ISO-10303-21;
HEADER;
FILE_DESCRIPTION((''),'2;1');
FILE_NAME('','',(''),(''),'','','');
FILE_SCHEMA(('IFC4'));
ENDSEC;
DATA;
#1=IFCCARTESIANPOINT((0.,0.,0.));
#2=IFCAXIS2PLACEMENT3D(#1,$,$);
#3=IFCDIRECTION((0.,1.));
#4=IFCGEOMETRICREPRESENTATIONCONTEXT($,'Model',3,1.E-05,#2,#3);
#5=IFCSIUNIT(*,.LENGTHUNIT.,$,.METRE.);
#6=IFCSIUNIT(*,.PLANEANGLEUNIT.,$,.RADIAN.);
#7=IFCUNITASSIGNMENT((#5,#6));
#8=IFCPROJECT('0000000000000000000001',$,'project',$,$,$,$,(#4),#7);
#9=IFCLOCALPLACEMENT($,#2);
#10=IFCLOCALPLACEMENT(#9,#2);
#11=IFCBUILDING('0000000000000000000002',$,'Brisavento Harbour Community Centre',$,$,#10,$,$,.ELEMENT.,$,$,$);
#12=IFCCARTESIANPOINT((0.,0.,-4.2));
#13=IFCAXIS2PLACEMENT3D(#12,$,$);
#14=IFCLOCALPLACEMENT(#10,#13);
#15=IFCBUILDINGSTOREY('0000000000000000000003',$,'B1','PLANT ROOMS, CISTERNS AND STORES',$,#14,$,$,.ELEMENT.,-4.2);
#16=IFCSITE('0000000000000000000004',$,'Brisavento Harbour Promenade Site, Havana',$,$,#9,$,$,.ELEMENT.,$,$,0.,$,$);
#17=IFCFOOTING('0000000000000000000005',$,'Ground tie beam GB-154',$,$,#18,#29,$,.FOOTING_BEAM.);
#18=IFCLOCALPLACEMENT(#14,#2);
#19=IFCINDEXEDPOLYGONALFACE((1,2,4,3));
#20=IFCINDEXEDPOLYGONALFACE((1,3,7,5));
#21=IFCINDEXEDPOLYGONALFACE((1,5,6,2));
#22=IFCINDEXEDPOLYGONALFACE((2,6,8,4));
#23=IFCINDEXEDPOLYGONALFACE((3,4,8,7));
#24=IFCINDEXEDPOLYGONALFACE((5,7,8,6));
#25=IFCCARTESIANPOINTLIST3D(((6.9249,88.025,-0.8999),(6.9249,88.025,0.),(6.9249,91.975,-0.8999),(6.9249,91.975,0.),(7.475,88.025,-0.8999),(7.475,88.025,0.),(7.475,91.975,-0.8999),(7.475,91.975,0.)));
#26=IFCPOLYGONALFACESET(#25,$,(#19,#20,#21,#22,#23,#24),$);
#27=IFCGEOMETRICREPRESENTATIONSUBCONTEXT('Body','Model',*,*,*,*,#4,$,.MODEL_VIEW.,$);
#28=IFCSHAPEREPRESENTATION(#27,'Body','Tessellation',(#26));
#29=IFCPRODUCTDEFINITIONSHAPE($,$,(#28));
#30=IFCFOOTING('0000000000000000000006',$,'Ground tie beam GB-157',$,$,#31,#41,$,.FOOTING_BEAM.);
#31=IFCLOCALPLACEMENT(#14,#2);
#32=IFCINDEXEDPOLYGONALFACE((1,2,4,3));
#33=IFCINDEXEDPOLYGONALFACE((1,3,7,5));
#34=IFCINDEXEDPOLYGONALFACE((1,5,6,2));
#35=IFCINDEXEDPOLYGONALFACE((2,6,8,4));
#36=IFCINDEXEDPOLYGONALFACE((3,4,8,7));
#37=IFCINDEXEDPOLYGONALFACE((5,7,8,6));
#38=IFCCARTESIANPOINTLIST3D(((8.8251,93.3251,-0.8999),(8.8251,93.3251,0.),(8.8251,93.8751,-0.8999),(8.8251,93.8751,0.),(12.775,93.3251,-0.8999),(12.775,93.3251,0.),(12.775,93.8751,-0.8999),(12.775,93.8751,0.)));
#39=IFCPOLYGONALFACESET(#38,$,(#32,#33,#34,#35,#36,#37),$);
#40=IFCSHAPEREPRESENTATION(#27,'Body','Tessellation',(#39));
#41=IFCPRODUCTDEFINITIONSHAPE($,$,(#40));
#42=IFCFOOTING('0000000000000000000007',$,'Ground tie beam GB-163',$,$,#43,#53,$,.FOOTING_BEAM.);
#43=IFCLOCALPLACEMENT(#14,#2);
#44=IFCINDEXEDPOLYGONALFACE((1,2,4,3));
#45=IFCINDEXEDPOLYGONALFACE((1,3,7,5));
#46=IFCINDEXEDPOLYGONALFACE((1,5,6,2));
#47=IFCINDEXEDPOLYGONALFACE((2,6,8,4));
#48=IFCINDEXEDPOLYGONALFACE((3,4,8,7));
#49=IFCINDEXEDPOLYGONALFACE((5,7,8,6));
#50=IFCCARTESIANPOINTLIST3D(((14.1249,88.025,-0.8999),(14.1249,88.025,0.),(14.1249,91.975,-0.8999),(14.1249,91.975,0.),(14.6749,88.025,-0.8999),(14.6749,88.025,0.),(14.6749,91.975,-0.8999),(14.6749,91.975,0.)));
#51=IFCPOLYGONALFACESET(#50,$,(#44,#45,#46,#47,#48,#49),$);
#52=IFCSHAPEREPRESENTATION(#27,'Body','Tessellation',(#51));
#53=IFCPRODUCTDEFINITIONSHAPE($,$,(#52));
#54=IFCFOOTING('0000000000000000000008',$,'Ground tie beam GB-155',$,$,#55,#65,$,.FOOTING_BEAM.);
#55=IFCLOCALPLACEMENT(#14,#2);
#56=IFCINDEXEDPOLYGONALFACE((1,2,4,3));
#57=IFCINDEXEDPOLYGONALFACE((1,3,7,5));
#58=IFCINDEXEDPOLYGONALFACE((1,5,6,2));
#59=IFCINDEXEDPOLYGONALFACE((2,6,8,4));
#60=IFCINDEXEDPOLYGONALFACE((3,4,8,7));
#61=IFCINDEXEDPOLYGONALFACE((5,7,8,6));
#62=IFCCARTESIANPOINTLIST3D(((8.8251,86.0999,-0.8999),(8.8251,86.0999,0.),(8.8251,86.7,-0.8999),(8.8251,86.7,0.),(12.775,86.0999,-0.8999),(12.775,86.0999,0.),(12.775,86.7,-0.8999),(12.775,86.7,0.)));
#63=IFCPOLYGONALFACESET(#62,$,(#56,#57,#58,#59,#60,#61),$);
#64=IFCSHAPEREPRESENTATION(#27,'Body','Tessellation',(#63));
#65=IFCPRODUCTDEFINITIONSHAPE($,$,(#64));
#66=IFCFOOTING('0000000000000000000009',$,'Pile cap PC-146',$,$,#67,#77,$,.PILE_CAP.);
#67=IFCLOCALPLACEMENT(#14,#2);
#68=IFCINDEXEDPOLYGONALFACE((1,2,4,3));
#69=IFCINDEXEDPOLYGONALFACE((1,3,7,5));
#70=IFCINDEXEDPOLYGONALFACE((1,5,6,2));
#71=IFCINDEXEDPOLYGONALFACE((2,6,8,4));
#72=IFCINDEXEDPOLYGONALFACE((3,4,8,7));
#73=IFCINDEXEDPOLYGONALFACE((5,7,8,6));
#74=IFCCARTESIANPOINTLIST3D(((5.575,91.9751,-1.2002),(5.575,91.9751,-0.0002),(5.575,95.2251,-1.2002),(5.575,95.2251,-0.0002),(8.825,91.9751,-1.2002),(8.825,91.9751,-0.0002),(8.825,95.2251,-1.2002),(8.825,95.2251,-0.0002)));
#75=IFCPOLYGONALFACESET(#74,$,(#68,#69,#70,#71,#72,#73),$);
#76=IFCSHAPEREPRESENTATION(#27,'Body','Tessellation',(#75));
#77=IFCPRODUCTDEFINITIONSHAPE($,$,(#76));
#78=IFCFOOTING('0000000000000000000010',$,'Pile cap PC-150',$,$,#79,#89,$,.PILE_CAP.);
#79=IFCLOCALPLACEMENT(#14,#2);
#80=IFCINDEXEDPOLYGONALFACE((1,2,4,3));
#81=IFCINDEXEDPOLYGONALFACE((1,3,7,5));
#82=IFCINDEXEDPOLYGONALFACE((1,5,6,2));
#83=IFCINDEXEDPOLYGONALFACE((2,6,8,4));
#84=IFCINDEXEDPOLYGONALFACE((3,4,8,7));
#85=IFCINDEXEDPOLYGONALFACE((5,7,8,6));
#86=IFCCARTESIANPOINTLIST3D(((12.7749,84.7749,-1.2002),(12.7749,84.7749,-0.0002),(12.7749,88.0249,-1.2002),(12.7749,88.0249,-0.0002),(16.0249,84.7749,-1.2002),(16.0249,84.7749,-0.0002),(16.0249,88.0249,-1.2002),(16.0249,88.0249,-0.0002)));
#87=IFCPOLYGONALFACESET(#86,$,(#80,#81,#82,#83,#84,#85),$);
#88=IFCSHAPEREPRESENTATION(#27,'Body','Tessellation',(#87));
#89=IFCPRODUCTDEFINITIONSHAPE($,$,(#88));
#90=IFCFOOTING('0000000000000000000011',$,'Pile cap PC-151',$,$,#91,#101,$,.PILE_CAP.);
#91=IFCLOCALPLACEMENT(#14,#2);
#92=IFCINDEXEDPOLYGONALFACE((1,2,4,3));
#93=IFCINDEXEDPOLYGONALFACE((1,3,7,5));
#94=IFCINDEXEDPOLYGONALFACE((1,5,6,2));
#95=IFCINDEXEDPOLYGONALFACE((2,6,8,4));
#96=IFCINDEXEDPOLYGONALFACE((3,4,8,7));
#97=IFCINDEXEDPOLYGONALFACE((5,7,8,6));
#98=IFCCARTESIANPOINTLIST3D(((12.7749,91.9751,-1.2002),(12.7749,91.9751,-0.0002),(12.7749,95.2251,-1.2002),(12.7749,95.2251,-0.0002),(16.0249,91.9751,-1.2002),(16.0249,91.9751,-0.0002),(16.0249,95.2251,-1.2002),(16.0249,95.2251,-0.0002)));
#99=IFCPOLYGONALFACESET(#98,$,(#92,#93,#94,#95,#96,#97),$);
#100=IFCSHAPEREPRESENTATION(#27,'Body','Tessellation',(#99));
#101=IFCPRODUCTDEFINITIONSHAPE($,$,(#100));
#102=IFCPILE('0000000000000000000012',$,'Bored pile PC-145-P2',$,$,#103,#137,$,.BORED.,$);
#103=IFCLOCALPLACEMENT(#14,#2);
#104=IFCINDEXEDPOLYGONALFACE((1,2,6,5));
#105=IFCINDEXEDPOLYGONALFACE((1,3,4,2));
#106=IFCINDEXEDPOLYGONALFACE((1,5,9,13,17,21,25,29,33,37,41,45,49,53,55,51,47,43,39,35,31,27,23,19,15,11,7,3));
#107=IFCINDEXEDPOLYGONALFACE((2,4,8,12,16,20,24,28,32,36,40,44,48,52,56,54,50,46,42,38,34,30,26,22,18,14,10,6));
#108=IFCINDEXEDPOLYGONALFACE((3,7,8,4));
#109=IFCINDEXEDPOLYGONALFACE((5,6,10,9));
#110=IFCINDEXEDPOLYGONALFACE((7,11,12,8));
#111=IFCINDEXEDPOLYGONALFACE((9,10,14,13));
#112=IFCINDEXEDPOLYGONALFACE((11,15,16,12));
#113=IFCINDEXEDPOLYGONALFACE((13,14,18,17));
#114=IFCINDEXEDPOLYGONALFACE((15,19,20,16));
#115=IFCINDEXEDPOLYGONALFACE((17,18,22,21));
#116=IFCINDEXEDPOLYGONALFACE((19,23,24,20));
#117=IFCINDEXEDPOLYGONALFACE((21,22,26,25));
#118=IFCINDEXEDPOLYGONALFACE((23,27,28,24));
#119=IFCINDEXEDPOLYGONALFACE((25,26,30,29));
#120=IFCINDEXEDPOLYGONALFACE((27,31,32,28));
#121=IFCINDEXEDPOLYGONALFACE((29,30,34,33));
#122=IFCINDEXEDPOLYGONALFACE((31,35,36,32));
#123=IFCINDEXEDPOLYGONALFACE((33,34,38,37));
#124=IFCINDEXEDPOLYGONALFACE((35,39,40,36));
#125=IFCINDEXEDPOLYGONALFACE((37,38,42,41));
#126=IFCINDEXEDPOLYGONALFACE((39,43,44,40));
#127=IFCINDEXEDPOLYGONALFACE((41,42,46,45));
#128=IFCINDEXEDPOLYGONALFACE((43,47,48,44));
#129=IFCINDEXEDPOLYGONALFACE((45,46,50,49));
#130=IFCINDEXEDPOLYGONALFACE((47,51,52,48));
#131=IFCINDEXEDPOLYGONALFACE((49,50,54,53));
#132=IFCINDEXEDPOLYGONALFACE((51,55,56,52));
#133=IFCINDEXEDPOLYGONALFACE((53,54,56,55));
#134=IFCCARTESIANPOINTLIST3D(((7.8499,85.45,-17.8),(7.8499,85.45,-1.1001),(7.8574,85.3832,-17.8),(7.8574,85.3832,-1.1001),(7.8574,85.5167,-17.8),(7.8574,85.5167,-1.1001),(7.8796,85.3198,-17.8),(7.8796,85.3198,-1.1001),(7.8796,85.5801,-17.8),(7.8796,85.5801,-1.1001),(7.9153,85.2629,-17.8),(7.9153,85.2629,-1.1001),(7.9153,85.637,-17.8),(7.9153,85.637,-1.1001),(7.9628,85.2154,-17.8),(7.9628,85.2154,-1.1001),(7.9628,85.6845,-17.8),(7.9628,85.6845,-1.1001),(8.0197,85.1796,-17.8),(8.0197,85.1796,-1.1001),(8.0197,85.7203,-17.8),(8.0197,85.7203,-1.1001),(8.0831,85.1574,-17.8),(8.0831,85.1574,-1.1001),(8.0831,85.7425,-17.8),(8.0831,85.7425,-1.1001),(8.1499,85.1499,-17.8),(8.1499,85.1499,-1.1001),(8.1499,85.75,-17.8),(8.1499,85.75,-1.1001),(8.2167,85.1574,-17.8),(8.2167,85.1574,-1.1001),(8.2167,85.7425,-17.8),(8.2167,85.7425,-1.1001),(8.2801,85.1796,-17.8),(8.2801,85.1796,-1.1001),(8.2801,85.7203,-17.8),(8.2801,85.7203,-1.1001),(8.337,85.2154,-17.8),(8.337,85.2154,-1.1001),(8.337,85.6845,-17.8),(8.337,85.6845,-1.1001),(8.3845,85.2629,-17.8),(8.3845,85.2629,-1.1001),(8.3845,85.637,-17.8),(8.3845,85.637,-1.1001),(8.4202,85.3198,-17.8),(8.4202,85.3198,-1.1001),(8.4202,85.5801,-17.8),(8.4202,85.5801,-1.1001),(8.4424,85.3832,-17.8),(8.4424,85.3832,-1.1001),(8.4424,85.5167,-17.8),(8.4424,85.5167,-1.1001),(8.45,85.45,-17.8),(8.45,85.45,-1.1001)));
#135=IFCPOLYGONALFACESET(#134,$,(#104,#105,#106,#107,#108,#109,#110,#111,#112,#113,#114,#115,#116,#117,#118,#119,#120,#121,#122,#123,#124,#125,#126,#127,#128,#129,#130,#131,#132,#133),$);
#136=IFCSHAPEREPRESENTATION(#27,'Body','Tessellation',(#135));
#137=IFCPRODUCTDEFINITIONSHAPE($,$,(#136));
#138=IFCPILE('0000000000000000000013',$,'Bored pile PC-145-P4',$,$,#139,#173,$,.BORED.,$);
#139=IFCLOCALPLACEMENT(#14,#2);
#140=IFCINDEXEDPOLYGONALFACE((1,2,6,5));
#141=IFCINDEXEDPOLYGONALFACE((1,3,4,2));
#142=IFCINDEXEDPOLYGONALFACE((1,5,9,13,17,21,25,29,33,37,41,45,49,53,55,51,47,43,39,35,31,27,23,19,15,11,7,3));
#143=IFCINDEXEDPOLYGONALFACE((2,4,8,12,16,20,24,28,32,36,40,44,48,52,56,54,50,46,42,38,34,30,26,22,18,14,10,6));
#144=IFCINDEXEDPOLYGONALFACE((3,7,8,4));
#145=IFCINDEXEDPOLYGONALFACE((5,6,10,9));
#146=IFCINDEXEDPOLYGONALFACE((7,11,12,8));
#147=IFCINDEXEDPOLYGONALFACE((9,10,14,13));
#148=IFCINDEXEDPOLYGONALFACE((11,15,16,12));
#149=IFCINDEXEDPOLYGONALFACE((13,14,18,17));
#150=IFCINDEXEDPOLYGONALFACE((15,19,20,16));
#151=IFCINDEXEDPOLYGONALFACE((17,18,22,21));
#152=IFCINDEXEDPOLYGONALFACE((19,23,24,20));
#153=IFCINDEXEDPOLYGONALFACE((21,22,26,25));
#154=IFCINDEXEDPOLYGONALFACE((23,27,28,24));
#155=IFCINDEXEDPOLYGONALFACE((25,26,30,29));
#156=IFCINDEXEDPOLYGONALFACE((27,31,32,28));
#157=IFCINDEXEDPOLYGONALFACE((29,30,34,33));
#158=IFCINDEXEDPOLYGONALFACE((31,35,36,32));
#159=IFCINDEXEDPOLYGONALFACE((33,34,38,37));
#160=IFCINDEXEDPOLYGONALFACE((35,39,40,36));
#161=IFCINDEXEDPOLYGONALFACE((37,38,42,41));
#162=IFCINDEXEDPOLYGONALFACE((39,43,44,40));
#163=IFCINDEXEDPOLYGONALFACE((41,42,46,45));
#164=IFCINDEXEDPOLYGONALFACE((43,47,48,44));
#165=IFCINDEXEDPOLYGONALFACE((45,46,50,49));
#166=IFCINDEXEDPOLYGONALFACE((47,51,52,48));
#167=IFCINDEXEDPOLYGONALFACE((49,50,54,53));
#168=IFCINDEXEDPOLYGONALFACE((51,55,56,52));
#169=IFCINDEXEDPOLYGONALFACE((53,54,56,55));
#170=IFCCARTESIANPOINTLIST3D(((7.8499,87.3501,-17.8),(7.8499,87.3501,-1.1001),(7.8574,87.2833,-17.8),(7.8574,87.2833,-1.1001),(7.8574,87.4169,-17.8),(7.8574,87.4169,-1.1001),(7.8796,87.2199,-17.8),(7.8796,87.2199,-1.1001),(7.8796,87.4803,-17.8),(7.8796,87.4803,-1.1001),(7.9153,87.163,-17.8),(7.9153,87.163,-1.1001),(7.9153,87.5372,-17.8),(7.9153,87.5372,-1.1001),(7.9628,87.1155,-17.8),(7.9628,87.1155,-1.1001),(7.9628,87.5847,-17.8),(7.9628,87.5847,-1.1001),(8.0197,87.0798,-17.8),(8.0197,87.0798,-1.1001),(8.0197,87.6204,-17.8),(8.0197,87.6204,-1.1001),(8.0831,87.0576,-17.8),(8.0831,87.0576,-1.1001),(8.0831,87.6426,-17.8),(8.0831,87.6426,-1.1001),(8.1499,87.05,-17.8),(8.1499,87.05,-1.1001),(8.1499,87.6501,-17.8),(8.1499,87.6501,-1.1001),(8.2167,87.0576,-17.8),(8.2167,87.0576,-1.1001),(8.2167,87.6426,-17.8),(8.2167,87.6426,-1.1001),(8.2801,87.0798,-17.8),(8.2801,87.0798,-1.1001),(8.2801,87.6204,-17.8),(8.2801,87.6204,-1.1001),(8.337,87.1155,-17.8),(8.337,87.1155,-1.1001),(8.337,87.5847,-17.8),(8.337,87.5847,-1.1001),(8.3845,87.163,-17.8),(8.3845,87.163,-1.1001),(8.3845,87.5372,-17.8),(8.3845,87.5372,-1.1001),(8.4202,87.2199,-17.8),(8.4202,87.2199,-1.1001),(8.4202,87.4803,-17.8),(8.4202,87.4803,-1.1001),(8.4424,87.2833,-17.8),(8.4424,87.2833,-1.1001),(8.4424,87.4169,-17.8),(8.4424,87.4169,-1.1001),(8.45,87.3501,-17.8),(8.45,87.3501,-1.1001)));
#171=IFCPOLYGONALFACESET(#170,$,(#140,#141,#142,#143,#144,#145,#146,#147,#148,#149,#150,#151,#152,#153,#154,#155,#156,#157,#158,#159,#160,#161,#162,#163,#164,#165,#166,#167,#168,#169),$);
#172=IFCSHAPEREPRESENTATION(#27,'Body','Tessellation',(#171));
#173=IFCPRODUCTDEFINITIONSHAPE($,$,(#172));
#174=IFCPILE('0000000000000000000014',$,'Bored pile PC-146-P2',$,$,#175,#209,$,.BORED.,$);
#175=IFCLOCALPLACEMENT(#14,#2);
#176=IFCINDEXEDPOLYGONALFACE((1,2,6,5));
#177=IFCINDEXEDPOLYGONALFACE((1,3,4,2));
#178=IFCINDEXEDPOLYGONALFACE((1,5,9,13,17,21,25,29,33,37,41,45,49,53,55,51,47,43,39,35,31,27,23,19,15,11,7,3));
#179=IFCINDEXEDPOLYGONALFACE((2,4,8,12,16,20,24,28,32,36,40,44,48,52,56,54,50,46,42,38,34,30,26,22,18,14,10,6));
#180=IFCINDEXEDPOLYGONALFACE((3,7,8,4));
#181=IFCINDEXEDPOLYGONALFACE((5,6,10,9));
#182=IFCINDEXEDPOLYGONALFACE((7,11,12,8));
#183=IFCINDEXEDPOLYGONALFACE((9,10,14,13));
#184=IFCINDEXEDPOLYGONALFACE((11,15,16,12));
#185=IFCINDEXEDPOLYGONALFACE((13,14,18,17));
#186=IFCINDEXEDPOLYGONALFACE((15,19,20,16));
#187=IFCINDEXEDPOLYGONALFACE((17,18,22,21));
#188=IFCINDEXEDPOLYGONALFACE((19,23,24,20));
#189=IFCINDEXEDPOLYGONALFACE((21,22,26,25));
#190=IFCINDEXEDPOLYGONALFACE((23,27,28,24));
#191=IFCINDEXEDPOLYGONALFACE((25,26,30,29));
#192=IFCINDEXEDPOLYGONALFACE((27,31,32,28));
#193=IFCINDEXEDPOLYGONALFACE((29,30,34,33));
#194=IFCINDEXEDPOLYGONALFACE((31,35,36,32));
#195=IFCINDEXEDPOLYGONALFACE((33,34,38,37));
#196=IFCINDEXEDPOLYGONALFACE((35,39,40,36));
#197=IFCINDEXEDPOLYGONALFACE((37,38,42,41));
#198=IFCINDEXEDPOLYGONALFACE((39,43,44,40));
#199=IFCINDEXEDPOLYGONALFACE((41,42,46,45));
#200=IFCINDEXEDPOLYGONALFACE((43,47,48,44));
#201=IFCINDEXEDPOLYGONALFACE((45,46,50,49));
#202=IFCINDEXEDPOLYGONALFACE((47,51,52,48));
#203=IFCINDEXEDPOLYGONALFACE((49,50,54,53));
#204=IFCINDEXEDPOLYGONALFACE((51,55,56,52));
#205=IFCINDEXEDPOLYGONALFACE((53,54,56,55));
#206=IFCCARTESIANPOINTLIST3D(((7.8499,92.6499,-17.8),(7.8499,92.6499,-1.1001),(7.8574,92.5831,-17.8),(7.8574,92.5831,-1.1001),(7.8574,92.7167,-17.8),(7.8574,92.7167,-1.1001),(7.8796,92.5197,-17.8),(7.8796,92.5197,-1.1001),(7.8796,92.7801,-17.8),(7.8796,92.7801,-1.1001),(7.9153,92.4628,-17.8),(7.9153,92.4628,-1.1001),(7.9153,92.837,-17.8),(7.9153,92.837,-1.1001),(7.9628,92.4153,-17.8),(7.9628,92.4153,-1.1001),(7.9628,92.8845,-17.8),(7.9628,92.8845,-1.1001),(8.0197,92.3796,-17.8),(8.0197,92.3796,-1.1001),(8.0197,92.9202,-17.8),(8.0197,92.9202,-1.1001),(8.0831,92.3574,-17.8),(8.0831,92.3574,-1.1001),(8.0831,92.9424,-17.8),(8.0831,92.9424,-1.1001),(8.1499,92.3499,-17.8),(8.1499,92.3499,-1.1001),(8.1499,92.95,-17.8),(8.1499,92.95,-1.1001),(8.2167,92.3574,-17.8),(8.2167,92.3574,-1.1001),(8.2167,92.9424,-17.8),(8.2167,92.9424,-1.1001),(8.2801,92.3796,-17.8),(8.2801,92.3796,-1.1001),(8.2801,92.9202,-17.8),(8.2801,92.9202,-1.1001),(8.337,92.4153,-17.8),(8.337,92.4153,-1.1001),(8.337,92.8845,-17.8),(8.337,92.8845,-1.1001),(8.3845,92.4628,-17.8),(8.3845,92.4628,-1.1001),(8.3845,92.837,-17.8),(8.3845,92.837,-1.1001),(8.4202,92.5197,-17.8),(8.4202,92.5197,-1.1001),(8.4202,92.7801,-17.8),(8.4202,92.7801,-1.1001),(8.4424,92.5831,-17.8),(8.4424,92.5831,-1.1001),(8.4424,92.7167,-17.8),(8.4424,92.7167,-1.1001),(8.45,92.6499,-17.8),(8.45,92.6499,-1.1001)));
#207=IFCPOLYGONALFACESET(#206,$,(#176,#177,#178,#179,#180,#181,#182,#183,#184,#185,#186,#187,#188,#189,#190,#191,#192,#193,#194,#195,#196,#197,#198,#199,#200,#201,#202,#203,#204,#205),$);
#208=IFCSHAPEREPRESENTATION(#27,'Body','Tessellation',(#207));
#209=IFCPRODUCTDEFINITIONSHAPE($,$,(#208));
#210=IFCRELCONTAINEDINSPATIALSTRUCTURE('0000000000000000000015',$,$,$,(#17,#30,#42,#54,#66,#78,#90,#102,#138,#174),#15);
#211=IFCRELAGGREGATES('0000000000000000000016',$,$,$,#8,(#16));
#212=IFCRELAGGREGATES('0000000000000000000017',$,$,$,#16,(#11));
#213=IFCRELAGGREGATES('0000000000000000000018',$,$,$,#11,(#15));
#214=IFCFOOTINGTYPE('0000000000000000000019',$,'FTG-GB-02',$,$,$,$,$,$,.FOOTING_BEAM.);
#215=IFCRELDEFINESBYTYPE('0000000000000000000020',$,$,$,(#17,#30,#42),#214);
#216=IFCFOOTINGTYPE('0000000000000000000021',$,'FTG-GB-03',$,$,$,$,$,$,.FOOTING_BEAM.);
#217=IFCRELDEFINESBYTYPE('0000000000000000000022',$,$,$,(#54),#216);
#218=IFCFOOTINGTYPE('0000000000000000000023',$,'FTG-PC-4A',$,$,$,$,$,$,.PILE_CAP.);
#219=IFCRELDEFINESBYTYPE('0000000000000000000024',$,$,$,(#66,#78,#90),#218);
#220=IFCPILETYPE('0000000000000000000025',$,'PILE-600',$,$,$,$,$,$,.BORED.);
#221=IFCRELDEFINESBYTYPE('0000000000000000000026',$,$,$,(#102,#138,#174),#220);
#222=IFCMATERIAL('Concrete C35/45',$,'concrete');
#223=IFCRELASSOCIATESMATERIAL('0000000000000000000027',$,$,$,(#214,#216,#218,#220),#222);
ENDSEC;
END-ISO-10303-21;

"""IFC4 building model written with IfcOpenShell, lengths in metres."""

from ifc_helpers import new_model, si_unit, direction, frame, origin, origin_2d, place, context, subcontext, project, spatial, rectangle, circle, extrude, material, material_profile, profile_set, type_object, element, save


model = new_model("IFC4")

# Units and contexts
model_context = context("Model", 3, precision=1e-05, world=origin(), true_north=direction((0.0, 1.0)))
body_context = subcontext(model_context, "Body", "Model", "MODEL_VIEW")
ifc_project = project(units=[si_unit("LENGTHUNIT", "METRE"), si_unit("PLANEANGLEUNIT", "RADIAN")], contexts=[model_context])

# Site, building, storey
site_placement = place(None, origin())
site = spatial("IfcSite", under=ifc_project, at=site_placement, Name="Brisavento Harbour Promenade Site, Havana", CompositionType="ELEMENT", RefElevation=0.0)
building_placement = place(site_placement, origin())
building = spatial("IfcBuilding", under=site, at=building_placement, Name="Brisavento Harbour Community Centre", CompositionType="ELEMENT")
storey_placement = place(building_placement, frame((0.0, 0.0, -4.2)))
storey = spatial("IfcBuildingStorey", under=building, at=storey_placement, Name="B1", Description="PLANT ROOMS, CISTERNS AND STORES", CompositionType="ELEMENT", Elevation=-4.2)

# Footings
ifc_material = material(Name="Concrete C35/45", Category="concrete")
footing_type_1 = type_object("IfcFootingType", Name="FTG-GB-02", PredefinedType="FOOTING_BEAM", material=ifc_material)
footing_1_placement = place(storey_placement, frame((7.2, 90.0, -0.8999), z_axis=(0.0, 0.0, 1.0), x_axis=(1.0, 0.0, 0.0)))
element("IfcFooting", 1, at=footing_1_placement, inside=storey, type_object=footing_type_1, Name="Ground tie beam GB-154", PredefinedType="FOOTING_BEAM", context=body_context, shape_type="SweptSolid", body=[
    extrude(rectangle(XDim=0.55, YDim=3.95, at=origin_2d()), origin(), (0.0, 0.0, 1.0), 0.8999),
])
footing_2_placement = place(storey_placement, frame((10.8, 93.6001, -0.8999), z_axis=(0.0, 0.0, 1.0), x_axis=(1.0, 0.0, 0.0)))
element("IfcFooting", 2, at=footing_2_placement, inside=storey, type_object=footing_type_1, Name="Ground tie beam GB-157", PredefinedType="FOOTING_BEAM", context=body_context, shape_type="SweptSolid", body=[
    extrude(rectangle(XDim=3.95, YDim=0.55, at=origin_2d()), origin(), (0.0, 0.0, 1.0), 0.8999),
])
footing_3_placement = place(storey_placement, frame((14.3999, 90.0, -0.8999), z_axis=(0.0, 0.0, 1.0), x_axis=(1.0, 0.0, 0.0)))
element("IfcFooting", 3, at=footing_3_placement, inside=storey, type_object=footing_type_1, Name="Ground tie beam GB-163", PredefinedType="FOOTING_BEAM", context=body_context, shape_type="SweptSolid", body=[
    extrude(rectangle(XDim=0.55, YDim=3.95, at=origin_2d()), origin(), (0.0, 0.0, 1.0), 0.8999),
])
footing_type_2 = type_object("IfcFootingType", Name="FTG-GB-03", PredefinedType="FOOTING_BEAM", material=ifc_material)
footing_4_placement = place(storey_placement, frame((10.8, 86.3999, -0.8999), z_axis=(0.0, 0.0, 1.0), x_axis=(1.0, 0.0, 0.0)))
element("IfcFooting", 4, at=footing_4_placement, inside=storey, type_object=footing_type_2, Name="Ground tie beam GB-155", PredefinedType="FOOTING_BEAM", context=body_context, shape_type="SweptSolid", body=[
    extrude(rectangle(XDim=3.95, YDim=0.6001, at=origin_2d()), origin(), (0.0, 0.0, 1.0), 0.8999),
])
footing_type_3 = type_object("IfcFootingType", Name="FTG-PC-4A", PredefinedType="PILE_CAP", material=ifc_material)
for number, where, z_axis, x_axis, name in (
    (5, (7.2, 93.6001, -1.2002), (0.0, 0.0, 1.0), (1.0, 0.0, 0.0), "Pile cap PC-146"),
    (6, (14.3999, 86.3999, -1.2002), (0.0, 0.0, 1.0), (1.0, 0.0, 0.0), "Pile cap PC-150"),
    (7, (14.3999, 93.6001, -1.2002), (0.0, 0.0, 1.0), (1.0, 0.0, 0.0), "Pile cap PC-151"),
):
    element("IfcFooting", number, at=place(storey_placement, frame(where, z_axis=z_axis, x_axis=x_axis)), inside=storey, type_object=footing_type_3, Name=name, PredefinedType="PILE_CAP", context=body_context, shape_type="SweptSolid", body=[
        extrude(rectangle(XDim=3.25, YDim=3.25, at=origin_2d()), origin(), (0.0, 0.0, 1.0), 1.2),
    ])

# Piles
ifc_material_profile_1 = material_profile(ifc_material, circle(Radius=0.3, at=origin_2d()), Name="Concrete C35/45")
ifc_profile_set_1 = profile_set([ifc_material_profile_1], Name="Concrete C35/45")
pile_type = type_object("IfcPileType", Name="PILE-600", PredefinedType="BORED", material=ifc_profile_set_1)
for number, where, z_axis, x_axis, name in (
    (8, (8.1499, 85.45, -1.1001), (0.0, 0.0, -1.0), (1.0, 0.0, 0.0), "Bored pile PC-145-P2"),
    (9, (8.1499, 87.3501, -1.1001), (0.0, 0.0, -1.0), (1.0, 0.0, 0.0), "Bored pile PC-145-P4"),
    (10, (8.1499, 92.6499, -1.1001), (0.0, 0.0, -1.0), (1.0, 0.0, 0.0), "Bored pile PC-146-P2"),
):
    element("IfcPile", number, at=place(storey_placement, frame(where, z_axis=z_axis, x_axis=x_axis)), inside=storey, type_object=pile_type, Name=name, PredefinedType="BORED", context=body_context, shape_type="SweptSolid", body=[
        extrude(circle(Radius=0.3, at=origin_2d()), origin(), (0.0, 0.0, 1.0), 16.7),
    ])

save(model, "model.ifc")
